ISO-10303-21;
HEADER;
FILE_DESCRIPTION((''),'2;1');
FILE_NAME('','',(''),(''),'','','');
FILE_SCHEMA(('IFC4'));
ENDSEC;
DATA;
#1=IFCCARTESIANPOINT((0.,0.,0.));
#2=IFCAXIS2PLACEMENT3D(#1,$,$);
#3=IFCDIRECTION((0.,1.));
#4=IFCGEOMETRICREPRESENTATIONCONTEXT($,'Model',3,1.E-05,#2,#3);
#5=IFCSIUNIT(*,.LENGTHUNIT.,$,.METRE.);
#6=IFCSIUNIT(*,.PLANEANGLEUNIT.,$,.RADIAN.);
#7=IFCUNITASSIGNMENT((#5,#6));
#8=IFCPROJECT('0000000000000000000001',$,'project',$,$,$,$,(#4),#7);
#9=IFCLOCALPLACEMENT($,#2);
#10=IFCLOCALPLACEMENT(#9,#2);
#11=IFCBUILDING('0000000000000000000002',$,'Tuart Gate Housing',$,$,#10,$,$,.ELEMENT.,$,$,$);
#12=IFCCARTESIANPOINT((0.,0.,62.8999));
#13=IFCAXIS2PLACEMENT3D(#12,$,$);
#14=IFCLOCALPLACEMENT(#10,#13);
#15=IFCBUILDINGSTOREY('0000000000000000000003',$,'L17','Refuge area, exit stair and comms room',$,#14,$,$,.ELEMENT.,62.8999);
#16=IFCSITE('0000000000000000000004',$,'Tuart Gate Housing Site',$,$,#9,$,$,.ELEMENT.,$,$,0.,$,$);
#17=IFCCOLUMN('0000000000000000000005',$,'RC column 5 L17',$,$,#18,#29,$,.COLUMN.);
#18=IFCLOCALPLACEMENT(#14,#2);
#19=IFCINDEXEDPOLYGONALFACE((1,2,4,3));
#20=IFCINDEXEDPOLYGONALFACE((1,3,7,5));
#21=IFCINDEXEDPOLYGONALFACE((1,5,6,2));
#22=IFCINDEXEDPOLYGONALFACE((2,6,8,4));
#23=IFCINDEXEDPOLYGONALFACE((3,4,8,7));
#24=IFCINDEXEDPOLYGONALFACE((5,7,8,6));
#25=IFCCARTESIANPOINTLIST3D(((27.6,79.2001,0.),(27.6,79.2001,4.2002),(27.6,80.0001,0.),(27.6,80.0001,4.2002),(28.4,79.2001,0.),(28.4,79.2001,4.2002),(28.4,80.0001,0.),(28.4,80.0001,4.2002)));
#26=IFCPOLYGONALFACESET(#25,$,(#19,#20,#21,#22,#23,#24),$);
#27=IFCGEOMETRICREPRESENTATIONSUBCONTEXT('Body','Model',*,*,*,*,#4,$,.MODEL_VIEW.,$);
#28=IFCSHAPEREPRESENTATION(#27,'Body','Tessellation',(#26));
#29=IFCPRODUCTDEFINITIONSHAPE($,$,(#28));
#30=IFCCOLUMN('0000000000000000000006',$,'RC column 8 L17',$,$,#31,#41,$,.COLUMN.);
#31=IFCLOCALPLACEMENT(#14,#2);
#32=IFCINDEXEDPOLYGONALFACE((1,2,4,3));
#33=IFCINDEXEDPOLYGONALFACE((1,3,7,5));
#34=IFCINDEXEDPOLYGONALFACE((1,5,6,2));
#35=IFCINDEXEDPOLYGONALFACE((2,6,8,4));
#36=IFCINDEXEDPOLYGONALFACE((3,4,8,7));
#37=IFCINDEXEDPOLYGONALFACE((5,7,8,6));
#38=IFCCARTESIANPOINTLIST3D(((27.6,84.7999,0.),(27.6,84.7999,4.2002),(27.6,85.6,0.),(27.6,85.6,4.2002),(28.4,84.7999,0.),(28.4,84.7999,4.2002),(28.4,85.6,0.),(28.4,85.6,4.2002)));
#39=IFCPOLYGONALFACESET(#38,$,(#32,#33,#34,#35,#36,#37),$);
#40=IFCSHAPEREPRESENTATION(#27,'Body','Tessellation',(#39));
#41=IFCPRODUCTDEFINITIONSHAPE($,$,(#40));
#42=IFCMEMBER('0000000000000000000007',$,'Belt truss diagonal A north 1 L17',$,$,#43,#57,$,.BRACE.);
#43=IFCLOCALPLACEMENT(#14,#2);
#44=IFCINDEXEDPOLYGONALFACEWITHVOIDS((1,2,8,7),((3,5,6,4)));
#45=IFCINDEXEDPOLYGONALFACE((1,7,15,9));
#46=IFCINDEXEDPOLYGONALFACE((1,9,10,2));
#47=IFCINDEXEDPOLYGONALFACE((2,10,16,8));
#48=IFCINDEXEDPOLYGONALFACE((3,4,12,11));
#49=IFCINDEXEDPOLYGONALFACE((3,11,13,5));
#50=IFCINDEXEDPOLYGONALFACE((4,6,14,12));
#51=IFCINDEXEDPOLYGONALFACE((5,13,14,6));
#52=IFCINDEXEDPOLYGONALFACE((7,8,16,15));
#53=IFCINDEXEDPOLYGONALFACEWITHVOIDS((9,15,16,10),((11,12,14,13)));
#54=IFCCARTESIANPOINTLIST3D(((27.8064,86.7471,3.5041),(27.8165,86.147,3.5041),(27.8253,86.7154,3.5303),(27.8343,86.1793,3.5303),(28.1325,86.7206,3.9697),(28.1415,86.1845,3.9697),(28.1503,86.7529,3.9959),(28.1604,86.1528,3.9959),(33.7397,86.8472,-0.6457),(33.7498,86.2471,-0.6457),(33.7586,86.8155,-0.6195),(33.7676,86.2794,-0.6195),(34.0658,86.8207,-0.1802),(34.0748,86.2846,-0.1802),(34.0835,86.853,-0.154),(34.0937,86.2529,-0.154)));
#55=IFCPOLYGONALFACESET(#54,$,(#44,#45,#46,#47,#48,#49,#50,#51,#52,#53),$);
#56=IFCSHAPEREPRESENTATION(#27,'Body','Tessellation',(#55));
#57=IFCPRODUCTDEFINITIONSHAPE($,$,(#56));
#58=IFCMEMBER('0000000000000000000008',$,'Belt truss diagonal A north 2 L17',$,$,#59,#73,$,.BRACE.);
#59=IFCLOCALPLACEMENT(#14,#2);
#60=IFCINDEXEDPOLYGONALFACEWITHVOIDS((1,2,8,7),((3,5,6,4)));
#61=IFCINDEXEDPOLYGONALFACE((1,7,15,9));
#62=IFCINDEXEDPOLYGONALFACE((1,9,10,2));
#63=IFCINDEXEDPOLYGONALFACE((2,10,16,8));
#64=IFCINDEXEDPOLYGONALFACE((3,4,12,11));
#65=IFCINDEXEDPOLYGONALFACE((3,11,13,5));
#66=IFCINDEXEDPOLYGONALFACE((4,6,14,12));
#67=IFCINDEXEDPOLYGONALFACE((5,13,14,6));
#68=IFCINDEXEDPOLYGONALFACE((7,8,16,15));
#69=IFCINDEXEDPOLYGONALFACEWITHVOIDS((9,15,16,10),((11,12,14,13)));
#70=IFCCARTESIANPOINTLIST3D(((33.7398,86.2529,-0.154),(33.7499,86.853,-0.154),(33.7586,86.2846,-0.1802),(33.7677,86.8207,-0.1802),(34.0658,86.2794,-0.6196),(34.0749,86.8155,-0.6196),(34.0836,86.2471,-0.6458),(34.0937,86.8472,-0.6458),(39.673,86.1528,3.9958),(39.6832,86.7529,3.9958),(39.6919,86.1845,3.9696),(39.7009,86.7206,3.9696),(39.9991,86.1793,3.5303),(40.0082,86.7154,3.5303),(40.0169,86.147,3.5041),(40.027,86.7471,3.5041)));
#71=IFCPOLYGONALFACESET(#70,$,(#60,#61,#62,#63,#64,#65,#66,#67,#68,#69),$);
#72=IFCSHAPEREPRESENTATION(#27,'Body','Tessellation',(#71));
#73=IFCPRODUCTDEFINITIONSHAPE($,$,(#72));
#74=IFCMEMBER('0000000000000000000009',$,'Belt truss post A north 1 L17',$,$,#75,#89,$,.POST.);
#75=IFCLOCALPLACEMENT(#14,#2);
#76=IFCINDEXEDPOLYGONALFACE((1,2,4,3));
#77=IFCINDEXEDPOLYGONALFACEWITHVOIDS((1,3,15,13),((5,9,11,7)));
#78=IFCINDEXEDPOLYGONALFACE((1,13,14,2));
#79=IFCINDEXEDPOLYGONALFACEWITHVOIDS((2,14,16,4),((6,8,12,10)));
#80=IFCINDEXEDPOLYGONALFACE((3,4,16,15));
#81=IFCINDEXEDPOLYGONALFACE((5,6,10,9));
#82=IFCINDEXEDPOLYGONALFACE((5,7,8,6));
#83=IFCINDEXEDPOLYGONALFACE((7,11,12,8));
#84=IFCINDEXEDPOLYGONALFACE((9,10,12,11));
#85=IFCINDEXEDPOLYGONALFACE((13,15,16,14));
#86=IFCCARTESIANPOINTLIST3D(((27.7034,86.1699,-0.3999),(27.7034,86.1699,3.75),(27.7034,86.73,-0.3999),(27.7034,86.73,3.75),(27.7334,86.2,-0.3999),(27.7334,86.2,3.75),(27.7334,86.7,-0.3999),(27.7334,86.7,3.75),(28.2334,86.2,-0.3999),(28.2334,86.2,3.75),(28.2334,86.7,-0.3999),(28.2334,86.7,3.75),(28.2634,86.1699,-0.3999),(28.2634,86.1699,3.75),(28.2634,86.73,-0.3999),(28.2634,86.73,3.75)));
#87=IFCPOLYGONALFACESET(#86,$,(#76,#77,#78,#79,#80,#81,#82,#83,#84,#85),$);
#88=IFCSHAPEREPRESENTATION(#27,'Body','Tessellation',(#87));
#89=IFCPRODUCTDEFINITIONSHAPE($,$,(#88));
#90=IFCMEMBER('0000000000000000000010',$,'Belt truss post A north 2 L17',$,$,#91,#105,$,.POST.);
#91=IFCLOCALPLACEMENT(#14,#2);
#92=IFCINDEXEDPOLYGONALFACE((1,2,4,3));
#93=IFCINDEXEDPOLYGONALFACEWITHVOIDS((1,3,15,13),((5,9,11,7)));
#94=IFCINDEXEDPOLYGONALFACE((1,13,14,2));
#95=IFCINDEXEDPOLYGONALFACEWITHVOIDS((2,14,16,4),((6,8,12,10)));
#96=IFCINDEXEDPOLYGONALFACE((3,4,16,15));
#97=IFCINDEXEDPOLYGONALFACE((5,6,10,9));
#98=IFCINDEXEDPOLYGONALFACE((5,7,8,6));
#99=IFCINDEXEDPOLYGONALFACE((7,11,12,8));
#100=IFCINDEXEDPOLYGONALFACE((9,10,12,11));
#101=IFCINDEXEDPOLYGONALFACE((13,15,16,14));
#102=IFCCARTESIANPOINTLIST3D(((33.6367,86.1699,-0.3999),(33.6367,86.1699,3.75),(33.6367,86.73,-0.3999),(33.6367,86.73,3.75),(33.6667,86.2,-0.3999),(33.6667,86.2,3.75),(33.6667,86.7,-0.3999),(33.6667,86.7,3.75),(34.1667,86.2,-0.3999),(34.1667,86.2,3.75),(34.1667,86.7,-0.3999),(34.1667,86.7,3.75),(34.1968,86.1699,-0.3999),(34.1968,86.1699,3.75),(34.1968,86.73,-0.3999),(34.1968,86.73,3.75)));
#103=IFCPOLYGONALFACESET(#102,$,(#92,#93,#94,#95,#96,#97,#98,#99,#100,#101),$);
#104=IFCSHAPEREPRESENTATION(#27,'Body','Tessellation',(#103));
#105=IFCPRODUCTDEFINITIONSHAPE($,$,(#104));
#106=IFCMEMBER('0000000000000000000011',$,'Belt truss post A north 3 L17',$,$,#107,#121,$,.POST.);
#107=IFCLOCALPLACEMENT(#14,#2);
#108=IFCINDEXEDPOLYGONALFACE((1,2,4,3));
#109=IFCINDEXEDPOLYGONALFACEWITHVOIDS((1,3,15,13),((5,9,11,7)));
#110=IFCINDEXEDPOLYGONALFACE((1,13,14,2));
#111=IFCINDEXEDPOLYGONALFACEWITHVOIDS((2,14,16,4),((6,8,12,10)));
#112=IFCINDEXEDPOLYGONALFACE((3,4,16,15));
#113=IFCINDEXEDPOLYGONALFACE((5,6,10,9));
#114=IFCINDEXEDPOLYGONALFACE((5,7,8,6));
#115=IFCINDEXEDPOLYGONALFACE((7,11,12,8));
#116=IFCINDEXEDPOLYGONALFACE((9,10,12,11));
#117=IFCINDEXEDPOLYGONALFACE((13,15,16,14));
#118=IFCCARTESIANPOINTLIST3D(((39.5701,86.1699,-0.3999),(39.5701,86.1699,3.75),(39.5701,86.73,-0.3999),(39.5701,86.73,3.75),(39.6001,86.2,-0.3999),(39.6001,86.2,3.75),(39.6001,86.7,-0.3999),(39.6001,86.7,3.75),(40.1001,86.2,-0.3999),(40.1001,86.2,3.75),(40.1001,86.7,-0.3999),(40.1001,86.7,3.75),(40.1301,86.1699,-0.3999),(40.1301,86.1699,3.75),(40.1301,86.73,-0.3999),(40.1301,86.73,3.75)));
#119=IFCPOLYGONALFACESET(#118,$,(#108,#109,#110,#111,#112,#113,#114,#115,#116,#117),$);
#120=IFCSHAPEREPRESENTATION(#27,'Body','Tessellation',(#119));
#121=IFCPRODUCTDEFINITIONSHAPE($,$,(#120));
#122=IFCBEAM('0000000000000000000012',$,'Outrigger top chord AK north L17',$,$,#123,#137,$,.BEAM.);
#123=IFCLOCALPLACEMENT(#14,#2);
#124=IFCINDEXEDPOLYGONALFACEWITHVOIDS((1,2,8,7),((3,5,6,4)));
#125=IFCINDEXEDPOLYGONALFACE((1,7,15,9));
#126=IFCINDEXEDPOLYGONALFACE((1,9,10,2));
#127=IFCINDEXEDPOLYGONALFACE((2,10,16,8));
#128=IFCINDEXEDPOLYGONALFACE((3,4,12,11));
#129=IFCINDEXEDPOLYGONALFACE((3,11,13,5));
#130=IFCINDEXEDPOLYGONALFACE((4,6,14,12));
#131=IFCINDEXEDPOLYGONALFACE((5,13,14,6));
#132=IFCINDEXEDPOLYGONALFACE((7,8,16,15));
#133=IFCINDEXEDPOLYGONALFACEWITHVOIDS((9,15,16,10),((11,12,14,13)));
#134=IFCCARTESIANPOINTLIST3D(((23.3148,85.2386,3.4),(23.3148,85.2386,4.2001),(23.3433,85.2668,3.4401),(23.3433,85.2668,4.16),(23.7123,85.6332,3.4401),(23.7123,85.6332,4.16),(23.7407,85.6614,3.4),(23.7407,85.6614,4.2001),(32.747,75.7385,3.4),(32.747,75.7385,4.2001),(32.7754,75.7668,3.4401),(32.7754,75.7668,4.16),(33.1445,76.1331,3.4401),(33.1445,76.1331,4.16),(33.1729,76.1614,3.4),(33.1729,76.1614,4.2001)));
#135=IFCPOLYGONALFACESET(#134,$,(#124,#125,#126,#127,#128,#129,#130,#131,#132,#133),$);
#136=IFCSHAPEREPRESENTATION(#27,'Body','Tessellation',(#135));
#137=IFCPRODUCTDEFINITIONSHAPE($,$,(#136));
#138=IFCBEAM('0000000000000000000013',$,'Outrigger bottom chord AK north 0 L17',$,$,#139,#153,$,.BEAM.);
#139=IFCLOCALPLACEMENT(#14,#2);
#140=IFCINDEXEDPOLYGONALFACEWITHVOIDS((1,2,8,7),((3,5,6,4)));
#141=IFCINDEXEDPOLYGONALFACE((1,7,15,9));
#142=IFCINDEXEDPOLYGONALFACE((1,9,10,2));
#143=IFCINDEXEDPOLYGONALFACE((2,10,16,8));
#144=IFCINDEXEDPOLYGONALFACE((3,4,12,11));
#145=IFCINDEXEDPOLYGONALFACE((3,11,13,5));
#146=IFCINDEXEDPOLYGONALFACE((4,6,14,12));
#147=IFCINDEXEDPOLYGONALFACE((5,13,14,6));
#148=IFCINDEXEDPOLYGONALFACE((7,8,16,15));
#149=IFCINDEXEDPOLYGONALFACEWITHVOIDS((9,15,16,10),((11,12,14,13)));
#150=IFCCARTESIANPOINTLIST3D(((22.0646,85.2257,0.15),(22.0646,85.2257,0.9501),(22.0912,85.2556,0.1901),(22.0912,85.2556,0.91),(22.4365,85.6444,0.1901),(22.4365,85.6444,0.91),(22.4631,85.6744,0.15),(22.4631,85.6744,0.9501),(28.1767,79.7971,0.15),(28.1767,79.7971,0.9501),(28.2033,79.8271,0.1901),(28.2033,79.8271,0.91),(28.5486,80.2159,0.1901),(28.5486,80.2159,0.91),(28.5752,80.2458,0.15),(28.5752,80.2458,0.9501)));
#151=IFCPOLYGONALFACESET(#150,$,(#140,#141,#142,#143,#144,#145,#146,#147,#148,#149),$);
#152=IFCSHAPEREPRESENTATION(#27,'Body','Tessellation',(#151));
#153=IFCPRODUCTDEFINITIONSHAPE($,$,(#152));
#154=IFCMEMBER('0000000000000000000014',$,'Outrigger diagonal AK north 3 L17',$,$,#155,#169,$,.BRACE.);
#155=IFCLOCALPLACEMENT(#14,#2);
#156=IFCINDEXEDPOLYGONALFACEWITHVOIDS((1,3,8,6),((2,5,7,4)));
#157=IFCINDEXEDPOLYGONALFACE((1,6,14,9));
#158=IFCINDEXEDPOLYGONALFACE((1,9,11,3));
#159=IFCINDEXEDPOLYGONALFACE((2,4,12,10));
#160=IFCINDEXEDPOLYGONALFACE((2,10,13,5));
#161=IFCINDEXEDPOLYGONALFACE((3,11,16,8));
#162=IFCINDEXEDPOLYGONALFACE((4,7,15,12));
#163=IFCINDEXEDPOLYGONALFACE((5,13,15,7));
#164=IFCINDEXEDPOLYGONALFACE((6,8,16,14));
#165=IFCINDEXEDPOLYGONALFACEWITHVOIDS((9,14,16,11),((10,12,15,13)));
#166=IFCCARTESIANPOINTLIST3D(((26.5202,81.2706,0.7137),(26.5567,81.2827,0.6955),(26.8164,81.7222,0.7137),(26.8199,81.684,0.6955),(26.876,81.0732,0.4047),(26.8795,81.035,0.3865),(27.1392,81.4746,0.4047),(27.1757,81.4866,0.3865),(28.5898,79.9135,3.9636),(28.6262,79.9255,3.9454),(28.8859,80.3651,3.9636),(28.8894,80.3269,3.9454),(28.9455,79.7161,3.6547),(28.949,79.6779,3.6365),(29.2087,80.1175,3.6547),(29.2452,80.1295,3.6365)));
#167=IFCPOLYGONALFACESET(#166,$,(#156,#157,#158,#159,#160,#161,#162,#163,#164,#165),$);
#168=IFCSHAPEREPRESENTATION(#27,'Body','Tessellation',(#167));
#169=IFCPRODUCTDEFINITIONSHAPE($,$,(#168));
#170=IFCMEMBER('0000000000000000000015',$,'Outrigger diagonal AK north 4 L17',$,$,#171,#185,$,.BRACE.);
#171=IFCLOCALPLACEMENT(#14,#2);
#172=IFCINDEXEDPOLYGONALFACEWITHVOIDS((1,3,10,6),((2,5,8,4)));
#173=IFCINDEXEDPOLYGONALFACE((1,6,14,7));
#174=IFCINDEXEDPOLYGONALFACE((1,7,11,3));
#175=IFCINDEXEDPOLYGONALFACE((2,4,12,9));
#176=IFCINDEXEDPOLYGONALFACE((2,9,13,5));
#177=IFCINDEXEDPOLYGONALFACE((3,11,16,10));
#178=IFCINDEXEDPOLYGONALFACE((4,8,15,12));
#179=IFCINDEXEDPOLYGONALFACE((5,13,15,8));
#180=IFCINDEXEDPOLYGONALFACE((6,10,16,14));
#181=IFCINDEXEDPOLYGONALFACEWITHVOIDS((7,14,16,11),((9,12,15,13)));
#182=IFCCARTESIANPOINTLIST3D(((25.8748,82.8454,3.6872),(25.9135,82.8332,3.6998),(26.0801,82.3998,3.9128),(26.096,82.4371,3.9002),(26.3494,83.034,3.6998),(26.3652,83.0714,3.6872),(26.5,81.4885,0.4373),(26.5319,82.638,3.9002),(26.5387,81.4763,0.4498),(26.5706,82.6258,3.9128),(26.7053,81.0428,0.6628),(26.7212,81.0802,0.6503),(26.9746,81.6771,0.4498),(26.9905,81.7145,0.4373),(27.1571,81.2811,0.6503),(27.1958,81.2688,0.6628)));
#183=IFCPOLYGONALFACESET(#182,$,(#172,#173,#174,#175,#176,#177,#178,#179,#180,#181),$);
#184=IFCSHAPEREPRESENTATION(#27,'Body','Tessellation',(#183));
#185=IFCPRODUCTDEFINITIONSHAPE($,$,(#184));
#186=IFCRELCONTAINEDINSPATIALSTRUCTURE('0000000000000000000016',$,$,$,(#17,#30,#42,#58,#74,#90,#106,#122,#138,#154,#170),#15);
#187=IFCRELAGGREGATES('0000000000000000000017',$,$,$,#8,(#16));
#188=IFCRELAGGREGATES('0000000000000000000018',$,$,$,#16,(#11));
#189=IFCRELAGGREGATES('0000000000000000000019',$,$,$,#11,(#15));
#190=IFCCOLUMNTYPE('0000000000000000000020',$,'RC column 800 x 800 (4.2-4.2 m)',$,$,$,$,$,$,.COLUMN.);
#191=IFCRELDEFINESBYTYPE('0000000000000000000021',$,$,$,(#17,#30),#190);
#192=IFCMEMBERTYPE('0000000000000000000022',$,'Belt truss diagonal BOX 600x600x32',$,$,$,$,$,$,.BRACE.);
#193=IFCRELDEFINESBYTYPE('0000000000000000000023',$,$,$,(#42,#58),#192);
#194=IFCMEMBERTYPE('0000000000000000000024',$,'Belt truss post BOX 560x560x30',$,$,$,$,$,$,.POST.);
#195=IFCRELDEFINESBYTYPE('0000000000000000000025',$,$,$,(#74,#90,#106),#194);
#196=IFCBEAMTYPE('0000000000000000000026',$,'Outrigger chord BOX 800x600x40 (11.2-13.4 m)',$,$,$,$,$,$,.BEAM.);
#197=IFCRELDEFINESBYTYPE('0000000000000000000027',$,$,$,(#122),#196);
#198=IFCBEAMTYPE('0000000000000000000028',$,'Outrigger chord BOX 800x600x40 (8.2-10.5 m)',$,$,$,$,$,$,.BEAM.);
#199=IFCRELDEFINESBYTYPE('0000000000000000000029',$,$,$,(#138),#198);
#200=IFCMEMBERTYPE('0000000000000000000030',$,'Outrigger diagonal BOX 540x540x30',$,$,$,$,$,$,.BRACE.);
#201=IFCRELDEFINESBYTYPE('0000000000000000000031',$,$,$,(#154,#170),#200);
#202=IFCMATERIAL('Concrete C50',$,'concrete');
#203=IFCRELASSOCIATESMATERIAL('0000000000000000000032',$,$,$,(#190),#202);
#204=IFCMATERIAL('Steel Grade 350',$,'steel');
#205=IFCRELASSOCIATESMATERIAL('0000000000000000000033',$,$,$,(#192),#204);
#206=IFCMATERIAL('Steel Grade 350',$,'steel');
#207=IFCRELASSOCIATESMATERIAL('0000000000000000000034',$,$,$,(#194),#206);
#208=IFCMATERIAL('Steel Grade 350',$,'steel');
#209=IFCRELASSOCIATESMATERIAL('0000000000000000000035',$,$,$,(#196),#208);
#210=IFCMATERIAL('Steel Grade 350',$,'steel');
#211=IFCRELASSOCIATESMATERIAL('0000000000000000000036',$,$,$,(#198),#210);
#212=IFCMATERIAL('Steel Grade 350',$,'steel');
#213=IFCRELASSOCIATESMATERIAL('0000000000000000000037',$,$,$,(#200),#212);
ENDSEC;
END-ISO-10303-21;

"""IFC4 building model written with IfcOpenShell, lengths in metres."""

from ifc_helpers import new_model, si_unit, direction, frame, origin, origin_2d, place, context, subcontext, project, spatial, rectangle, hollow_rectangle, extrude, material, material_profile, profile_set, type_object, element, save


model = new_model("IFC4")

# Units and contexts
model_context = context("Model", 3, precision=1e-05, world=origin(), true_north=direction((0.0, 1.0)))
body_context = subcontext(model_context, "Body", "Model", "MODEL_VIEW")
ifc_project = project(units=[si_unit("LENGTHUNIT", "METRE"), si_unit("PLANEANGLEUNIT", "RADIAN")], contexts=[model_context])

# Site, building, storey
site_placement = place(None, origin())
site = spatial("IfcSite", under=ifc_project, at=site_placement, Name="Tuart Gate Housing Site", CompositionType="ELEMENT", RefElevation=0.0)
building_placement = place(site_placement, origin())
building = spatial("IfcBuilding", under=site, at=building_placement, Name="Tuart Gate Housing", CompositionType="ELEMENT")
storey_placement = place(building_placement, frame((0.0, 0.0, 62.8999)))
storey = spatial("IfcBuildingStorey", under=building, at=storey_placement, Name="L17", Description="Refuge area, exit stair and comms room", CompositionType="ELEMENT", Elevation=62.8999)

# Columns
ifc_material_1 = material(Name="Concrete C50", Category="concrete")
ifc_material_profile_1 = material_profile(ifc_material_1, rectangle(XDim=0.8, YDim=0.8, at=origin_2d()), Name="RC column 800 x 800 (4.2-4.2 m)")
ifc_profile_set_1 = profile_set([ifc_material_profile_1], Name="Concrete C50")
column_type = type_object("IfcColumnType", Name="RC column 800 x 800 (4.2-4.2 m)", PredefinedType="COLUMN", material=ifc_profile_set_1)
for number, where, z_axis, x_axis, name in (
    (1, (28.0, 79.6001, 0.0), (0.0, 0.0, 1.0), (1.0, 0.0, 0.0), "RC column 5 L17"),
    (2, (28.0, 85.2, 0.0), (0.0, 0.0, 1.0), (1.0, 0.0, 0.0), "RC column 8 L17"),
):
    element("IfcColumn", number, at=place(storey_placement, frame(where, z_axis=z_axis, x_axis=x_axis)), inside=storey, type_object=column_type, Name=name, PredefinedType="COLUMN", context=body_context, shape_type="SweptSolid", body=[
        extrude(rectangle(XDim=0.8, YDim=0.8, at=origin_2d()), origin(), (0.0, 0.0, 1.0), 4.2002),
    ])

# Members
ifc_material_2 = material(Name="Steel Grade 350", Category="steel")
ifc_material_profile_2 = material_profile(ifc_material_2, hollow_rectangle(XDim=0.6001, YDim=0.6001, WallThickness=0.032, at=origin_2d()), Name="BOX 600x600x32")
ifc_profile_set_2 = profile_set([ifc_material_profile_2], Name="Steel Grade 350")
member_type_1 = type_object("IfcMemberType", Name="Belt truss diagonal BOX 600x600x32", PredefinedType="BRACE", material=ifc_profile_set_2)
for number, where, z_axis, x_axis, name in (
    (3, (27.9834, 86.45, 3.75), (0.819377, 0.013823, -0.573088), (-0.016868, 0.999858, 0.0), "Belt truss diagonal A north 1 L17"),
    (4, (33.9167, 86.55, -0.3999), (0.819377, -0.013823, 0.573088), (0.016868, 0.999858, 0.0), "Belt truss diagonal A north 2 L17"),
):
    element("IfcMember", number, at=place(storey_placement, frame(where, z_axis=z_axis, x_axis=x_axis)), inside=storey, type_object=member_type_1, Name=name, PredefinedType="BRACE", context=body_context, shape_type="SweptSolid", body=[
        extrude(hollow_rectangle(XDim=0.6001, YDim=0.6001, WallThickness=0.032, at=origin_2d()), origin(), (0.0, 0.0, 1.0), 7.2412),
    ])
ifc_material_3 = material(Name="Steel Grade 350", Category="steel")
ifc_material_profile_3 = material_profile(ifc_material_3, hollow_rectangle(XDim=0.5601, YDim=0.5601, WallThickness=0.03, at=origin_2d()), Name="BOX 560x560x30")
ifc_profile_set_3 = profile_set([ifc_material_profile_3], Name="Steel Grade 350")
member_type_2 = type_object("IfcMemberType", Name="Belt truss post BOX 560x560x30", PredefinedType="POST", material=ifc_profile_set_3)
for number, where, z_axis, x_axis, name in (
    (5, (27.9834, 86.45, -0.3999), (0.0, 0.0, 1.0), (1.0, 0.0, 0.0), "Belt truss post A north 1 L17"),
    (6, (33.9167, 86.45, -0.3999), (0.0, 0.0, 1.0), (1.0, 0.0, 0.0), "Belt truss post A north 2 L17"),
    (7, (39.8501, 86.45, -0.3999), (0.0, 0.0, 1.0), (1.0, 0.0, 0.0), "Belt truss post A north 3 L17"),
):
    element("IfcMember", number, at=place(storey_placement, frame(where, z_axis=z_axis, x_axis=x_axis)), inside=storey, type_object=member_type_2, Name=name, PredefinedType="POST", context=body_context, shape_type="SweptSolid", body=[
        extrude(hollow_rectangle(XDim=0.5601, YDim=0.5601, WallThickness=0.03, at=origin_2d()), origin(), (0.0, 0.0, 1.0), 4.1499),
    ])

# Beams
ifc_material_4 = material(Name="Steel Grade 350", Category="steel")
ifc_material_profile_4 = material_profile(ifc_material_4, hollow_rectangle(XDim=0.6001, YDim=0.8, WallThickness=0.04, at=origin_2d()), Name="BOX 800x600x40")
ifc_profile_set_4 = profile_set([ifc_material_profile_4], Name="Steel Grade 350")
beam_type_1 = type_object("IfcBeamType", Name="Outrigger chord BOX 800x600x40 (11.2-13.4 m)", PredefinedType="BEAM", material=ifc_profile_set_4)
beam_1_placement = place(storey_placement, frame((32.96, 75.95, 3.8), z_axis=(-0.704567, 0.709637, 0.0), x_axis=(-0.709637, -0.704567, 0.0)))
element("IfcBeam", 8, at=beam_1_placement, inside=storey, type_object=beam_type_1, Name="Outrigger top chord AK north L17", PredefinedType="BEAM", context=body_context, shape_type="SweptSolid", body=[
    extrude(hollow_rectangle(XDim=0.6001, YDim=0.8, WallThickness=0.04, at=origin_2d()), origin(), (0.0, 0.0, 1.0), 13.3872),
])
ifc_material_5 = material(Name="Steel Grade 350", Category="steel")
ifc_material_profile_5 = material_profile(ifc_material_5, hollow_rectangle(XDim=0.6001, YDim=0.8, WallThickness=0.04, at=origin_2d()), Name="BOX 800x600x40")
ifc_profile_set_5 = profile_set([ifc_material_profile_5], Name="Steel Grade 350")
beam_type_2 = type_object("IfcBeamType", Name="Outrigger chord BOX 800x600x40 (8.2-10.5 m)", PredefinedType="BEAM", material=ifc_profile_set_5)
beam_2_placement = place(storey_placement, frame((28.376, 80.0215, 0.55), z_axis=(-0.747681, 0.664058, 0.0), x_axis=(-0.664058, -0.747681, 0.0)))
element("IfcBeam", 9, at=beam_2_placement, inside=storey, type_object=beam_type_2, Name="Outrigger bottom chord AK north 0 L17", PredefinedType="BEAM", context=body_context, shape_type="SweptSolid", body=[
    extrude(hollow_rectangle(XDim=0.6001, YDim=0.8, WallThickness=0.04, at=origin_2d()), origin(), (0.0, 0.0, 1.0), 8.1748),
])

# Members
ifc_material_6 = material(Name="Steel Grade 350", Category="steel")
ifc_material_profile_6 = material_profile(ifc_material_6, hollow_rectangle(XDim=0.54, YDim=0.54, WallThickness=0.03, at=origin_2d()), Name="BOX 540x540x30")
ifc_profile_set_6 = profile_set([ifc_material_profile_6], Name="Steel Grade 350")
member_type_3 = type_object("IfcMemberType", Name="Outrigger diagonal BOX 540x540x30", PredefinedType="BRACE", material=ifc_profile_set_6)
member_1_placement = place(storey_placement, frame((28.9175, 80.0215, 3.8), z_axis=(-0.506624, 0.332231, -0.795585), x_axis=(-0.548378, -0.83623, 0.0)))
element("IfcMember", 10, at=member_1_placement, inside=storey, type_object=member_type_3, Name="Outrigger diagonal AK north 3 L17", PredefinedType="BRACE", context=body_context, shape_type="SweptSolid", body=[
    extrude(hollow_rectangle(XDim=0.54, YDim=0.54, WallThickness=0.03, at=origin_2d()), origin(), (0.0, 0.0, 1.0), 4.085),
])
member_2_placement = place(storey_placement, frame((26.8479, 81.3787, 0.55), z_axis=(-0.174797, 0.379353, 0.908591), x_axis=(-0.908222, -0.418488, 0.0)))
element("IfcMember", 11, at=member_2_placement, inside=storey, type_object=member_type_3, Name="Outrigger diagonal AK north 4 L17", PredefinedType="BRACE", context=body_context, shape_type="SweptSolid", body=[
    extrude(hollow_rectangle(XDim=0.54, YDim=0.54, WallThickness=0.03, at=origin_2d()), origin(), (0.0, 0.0, 1.0), 3.5769),
])

save(model, "model.ifc")
